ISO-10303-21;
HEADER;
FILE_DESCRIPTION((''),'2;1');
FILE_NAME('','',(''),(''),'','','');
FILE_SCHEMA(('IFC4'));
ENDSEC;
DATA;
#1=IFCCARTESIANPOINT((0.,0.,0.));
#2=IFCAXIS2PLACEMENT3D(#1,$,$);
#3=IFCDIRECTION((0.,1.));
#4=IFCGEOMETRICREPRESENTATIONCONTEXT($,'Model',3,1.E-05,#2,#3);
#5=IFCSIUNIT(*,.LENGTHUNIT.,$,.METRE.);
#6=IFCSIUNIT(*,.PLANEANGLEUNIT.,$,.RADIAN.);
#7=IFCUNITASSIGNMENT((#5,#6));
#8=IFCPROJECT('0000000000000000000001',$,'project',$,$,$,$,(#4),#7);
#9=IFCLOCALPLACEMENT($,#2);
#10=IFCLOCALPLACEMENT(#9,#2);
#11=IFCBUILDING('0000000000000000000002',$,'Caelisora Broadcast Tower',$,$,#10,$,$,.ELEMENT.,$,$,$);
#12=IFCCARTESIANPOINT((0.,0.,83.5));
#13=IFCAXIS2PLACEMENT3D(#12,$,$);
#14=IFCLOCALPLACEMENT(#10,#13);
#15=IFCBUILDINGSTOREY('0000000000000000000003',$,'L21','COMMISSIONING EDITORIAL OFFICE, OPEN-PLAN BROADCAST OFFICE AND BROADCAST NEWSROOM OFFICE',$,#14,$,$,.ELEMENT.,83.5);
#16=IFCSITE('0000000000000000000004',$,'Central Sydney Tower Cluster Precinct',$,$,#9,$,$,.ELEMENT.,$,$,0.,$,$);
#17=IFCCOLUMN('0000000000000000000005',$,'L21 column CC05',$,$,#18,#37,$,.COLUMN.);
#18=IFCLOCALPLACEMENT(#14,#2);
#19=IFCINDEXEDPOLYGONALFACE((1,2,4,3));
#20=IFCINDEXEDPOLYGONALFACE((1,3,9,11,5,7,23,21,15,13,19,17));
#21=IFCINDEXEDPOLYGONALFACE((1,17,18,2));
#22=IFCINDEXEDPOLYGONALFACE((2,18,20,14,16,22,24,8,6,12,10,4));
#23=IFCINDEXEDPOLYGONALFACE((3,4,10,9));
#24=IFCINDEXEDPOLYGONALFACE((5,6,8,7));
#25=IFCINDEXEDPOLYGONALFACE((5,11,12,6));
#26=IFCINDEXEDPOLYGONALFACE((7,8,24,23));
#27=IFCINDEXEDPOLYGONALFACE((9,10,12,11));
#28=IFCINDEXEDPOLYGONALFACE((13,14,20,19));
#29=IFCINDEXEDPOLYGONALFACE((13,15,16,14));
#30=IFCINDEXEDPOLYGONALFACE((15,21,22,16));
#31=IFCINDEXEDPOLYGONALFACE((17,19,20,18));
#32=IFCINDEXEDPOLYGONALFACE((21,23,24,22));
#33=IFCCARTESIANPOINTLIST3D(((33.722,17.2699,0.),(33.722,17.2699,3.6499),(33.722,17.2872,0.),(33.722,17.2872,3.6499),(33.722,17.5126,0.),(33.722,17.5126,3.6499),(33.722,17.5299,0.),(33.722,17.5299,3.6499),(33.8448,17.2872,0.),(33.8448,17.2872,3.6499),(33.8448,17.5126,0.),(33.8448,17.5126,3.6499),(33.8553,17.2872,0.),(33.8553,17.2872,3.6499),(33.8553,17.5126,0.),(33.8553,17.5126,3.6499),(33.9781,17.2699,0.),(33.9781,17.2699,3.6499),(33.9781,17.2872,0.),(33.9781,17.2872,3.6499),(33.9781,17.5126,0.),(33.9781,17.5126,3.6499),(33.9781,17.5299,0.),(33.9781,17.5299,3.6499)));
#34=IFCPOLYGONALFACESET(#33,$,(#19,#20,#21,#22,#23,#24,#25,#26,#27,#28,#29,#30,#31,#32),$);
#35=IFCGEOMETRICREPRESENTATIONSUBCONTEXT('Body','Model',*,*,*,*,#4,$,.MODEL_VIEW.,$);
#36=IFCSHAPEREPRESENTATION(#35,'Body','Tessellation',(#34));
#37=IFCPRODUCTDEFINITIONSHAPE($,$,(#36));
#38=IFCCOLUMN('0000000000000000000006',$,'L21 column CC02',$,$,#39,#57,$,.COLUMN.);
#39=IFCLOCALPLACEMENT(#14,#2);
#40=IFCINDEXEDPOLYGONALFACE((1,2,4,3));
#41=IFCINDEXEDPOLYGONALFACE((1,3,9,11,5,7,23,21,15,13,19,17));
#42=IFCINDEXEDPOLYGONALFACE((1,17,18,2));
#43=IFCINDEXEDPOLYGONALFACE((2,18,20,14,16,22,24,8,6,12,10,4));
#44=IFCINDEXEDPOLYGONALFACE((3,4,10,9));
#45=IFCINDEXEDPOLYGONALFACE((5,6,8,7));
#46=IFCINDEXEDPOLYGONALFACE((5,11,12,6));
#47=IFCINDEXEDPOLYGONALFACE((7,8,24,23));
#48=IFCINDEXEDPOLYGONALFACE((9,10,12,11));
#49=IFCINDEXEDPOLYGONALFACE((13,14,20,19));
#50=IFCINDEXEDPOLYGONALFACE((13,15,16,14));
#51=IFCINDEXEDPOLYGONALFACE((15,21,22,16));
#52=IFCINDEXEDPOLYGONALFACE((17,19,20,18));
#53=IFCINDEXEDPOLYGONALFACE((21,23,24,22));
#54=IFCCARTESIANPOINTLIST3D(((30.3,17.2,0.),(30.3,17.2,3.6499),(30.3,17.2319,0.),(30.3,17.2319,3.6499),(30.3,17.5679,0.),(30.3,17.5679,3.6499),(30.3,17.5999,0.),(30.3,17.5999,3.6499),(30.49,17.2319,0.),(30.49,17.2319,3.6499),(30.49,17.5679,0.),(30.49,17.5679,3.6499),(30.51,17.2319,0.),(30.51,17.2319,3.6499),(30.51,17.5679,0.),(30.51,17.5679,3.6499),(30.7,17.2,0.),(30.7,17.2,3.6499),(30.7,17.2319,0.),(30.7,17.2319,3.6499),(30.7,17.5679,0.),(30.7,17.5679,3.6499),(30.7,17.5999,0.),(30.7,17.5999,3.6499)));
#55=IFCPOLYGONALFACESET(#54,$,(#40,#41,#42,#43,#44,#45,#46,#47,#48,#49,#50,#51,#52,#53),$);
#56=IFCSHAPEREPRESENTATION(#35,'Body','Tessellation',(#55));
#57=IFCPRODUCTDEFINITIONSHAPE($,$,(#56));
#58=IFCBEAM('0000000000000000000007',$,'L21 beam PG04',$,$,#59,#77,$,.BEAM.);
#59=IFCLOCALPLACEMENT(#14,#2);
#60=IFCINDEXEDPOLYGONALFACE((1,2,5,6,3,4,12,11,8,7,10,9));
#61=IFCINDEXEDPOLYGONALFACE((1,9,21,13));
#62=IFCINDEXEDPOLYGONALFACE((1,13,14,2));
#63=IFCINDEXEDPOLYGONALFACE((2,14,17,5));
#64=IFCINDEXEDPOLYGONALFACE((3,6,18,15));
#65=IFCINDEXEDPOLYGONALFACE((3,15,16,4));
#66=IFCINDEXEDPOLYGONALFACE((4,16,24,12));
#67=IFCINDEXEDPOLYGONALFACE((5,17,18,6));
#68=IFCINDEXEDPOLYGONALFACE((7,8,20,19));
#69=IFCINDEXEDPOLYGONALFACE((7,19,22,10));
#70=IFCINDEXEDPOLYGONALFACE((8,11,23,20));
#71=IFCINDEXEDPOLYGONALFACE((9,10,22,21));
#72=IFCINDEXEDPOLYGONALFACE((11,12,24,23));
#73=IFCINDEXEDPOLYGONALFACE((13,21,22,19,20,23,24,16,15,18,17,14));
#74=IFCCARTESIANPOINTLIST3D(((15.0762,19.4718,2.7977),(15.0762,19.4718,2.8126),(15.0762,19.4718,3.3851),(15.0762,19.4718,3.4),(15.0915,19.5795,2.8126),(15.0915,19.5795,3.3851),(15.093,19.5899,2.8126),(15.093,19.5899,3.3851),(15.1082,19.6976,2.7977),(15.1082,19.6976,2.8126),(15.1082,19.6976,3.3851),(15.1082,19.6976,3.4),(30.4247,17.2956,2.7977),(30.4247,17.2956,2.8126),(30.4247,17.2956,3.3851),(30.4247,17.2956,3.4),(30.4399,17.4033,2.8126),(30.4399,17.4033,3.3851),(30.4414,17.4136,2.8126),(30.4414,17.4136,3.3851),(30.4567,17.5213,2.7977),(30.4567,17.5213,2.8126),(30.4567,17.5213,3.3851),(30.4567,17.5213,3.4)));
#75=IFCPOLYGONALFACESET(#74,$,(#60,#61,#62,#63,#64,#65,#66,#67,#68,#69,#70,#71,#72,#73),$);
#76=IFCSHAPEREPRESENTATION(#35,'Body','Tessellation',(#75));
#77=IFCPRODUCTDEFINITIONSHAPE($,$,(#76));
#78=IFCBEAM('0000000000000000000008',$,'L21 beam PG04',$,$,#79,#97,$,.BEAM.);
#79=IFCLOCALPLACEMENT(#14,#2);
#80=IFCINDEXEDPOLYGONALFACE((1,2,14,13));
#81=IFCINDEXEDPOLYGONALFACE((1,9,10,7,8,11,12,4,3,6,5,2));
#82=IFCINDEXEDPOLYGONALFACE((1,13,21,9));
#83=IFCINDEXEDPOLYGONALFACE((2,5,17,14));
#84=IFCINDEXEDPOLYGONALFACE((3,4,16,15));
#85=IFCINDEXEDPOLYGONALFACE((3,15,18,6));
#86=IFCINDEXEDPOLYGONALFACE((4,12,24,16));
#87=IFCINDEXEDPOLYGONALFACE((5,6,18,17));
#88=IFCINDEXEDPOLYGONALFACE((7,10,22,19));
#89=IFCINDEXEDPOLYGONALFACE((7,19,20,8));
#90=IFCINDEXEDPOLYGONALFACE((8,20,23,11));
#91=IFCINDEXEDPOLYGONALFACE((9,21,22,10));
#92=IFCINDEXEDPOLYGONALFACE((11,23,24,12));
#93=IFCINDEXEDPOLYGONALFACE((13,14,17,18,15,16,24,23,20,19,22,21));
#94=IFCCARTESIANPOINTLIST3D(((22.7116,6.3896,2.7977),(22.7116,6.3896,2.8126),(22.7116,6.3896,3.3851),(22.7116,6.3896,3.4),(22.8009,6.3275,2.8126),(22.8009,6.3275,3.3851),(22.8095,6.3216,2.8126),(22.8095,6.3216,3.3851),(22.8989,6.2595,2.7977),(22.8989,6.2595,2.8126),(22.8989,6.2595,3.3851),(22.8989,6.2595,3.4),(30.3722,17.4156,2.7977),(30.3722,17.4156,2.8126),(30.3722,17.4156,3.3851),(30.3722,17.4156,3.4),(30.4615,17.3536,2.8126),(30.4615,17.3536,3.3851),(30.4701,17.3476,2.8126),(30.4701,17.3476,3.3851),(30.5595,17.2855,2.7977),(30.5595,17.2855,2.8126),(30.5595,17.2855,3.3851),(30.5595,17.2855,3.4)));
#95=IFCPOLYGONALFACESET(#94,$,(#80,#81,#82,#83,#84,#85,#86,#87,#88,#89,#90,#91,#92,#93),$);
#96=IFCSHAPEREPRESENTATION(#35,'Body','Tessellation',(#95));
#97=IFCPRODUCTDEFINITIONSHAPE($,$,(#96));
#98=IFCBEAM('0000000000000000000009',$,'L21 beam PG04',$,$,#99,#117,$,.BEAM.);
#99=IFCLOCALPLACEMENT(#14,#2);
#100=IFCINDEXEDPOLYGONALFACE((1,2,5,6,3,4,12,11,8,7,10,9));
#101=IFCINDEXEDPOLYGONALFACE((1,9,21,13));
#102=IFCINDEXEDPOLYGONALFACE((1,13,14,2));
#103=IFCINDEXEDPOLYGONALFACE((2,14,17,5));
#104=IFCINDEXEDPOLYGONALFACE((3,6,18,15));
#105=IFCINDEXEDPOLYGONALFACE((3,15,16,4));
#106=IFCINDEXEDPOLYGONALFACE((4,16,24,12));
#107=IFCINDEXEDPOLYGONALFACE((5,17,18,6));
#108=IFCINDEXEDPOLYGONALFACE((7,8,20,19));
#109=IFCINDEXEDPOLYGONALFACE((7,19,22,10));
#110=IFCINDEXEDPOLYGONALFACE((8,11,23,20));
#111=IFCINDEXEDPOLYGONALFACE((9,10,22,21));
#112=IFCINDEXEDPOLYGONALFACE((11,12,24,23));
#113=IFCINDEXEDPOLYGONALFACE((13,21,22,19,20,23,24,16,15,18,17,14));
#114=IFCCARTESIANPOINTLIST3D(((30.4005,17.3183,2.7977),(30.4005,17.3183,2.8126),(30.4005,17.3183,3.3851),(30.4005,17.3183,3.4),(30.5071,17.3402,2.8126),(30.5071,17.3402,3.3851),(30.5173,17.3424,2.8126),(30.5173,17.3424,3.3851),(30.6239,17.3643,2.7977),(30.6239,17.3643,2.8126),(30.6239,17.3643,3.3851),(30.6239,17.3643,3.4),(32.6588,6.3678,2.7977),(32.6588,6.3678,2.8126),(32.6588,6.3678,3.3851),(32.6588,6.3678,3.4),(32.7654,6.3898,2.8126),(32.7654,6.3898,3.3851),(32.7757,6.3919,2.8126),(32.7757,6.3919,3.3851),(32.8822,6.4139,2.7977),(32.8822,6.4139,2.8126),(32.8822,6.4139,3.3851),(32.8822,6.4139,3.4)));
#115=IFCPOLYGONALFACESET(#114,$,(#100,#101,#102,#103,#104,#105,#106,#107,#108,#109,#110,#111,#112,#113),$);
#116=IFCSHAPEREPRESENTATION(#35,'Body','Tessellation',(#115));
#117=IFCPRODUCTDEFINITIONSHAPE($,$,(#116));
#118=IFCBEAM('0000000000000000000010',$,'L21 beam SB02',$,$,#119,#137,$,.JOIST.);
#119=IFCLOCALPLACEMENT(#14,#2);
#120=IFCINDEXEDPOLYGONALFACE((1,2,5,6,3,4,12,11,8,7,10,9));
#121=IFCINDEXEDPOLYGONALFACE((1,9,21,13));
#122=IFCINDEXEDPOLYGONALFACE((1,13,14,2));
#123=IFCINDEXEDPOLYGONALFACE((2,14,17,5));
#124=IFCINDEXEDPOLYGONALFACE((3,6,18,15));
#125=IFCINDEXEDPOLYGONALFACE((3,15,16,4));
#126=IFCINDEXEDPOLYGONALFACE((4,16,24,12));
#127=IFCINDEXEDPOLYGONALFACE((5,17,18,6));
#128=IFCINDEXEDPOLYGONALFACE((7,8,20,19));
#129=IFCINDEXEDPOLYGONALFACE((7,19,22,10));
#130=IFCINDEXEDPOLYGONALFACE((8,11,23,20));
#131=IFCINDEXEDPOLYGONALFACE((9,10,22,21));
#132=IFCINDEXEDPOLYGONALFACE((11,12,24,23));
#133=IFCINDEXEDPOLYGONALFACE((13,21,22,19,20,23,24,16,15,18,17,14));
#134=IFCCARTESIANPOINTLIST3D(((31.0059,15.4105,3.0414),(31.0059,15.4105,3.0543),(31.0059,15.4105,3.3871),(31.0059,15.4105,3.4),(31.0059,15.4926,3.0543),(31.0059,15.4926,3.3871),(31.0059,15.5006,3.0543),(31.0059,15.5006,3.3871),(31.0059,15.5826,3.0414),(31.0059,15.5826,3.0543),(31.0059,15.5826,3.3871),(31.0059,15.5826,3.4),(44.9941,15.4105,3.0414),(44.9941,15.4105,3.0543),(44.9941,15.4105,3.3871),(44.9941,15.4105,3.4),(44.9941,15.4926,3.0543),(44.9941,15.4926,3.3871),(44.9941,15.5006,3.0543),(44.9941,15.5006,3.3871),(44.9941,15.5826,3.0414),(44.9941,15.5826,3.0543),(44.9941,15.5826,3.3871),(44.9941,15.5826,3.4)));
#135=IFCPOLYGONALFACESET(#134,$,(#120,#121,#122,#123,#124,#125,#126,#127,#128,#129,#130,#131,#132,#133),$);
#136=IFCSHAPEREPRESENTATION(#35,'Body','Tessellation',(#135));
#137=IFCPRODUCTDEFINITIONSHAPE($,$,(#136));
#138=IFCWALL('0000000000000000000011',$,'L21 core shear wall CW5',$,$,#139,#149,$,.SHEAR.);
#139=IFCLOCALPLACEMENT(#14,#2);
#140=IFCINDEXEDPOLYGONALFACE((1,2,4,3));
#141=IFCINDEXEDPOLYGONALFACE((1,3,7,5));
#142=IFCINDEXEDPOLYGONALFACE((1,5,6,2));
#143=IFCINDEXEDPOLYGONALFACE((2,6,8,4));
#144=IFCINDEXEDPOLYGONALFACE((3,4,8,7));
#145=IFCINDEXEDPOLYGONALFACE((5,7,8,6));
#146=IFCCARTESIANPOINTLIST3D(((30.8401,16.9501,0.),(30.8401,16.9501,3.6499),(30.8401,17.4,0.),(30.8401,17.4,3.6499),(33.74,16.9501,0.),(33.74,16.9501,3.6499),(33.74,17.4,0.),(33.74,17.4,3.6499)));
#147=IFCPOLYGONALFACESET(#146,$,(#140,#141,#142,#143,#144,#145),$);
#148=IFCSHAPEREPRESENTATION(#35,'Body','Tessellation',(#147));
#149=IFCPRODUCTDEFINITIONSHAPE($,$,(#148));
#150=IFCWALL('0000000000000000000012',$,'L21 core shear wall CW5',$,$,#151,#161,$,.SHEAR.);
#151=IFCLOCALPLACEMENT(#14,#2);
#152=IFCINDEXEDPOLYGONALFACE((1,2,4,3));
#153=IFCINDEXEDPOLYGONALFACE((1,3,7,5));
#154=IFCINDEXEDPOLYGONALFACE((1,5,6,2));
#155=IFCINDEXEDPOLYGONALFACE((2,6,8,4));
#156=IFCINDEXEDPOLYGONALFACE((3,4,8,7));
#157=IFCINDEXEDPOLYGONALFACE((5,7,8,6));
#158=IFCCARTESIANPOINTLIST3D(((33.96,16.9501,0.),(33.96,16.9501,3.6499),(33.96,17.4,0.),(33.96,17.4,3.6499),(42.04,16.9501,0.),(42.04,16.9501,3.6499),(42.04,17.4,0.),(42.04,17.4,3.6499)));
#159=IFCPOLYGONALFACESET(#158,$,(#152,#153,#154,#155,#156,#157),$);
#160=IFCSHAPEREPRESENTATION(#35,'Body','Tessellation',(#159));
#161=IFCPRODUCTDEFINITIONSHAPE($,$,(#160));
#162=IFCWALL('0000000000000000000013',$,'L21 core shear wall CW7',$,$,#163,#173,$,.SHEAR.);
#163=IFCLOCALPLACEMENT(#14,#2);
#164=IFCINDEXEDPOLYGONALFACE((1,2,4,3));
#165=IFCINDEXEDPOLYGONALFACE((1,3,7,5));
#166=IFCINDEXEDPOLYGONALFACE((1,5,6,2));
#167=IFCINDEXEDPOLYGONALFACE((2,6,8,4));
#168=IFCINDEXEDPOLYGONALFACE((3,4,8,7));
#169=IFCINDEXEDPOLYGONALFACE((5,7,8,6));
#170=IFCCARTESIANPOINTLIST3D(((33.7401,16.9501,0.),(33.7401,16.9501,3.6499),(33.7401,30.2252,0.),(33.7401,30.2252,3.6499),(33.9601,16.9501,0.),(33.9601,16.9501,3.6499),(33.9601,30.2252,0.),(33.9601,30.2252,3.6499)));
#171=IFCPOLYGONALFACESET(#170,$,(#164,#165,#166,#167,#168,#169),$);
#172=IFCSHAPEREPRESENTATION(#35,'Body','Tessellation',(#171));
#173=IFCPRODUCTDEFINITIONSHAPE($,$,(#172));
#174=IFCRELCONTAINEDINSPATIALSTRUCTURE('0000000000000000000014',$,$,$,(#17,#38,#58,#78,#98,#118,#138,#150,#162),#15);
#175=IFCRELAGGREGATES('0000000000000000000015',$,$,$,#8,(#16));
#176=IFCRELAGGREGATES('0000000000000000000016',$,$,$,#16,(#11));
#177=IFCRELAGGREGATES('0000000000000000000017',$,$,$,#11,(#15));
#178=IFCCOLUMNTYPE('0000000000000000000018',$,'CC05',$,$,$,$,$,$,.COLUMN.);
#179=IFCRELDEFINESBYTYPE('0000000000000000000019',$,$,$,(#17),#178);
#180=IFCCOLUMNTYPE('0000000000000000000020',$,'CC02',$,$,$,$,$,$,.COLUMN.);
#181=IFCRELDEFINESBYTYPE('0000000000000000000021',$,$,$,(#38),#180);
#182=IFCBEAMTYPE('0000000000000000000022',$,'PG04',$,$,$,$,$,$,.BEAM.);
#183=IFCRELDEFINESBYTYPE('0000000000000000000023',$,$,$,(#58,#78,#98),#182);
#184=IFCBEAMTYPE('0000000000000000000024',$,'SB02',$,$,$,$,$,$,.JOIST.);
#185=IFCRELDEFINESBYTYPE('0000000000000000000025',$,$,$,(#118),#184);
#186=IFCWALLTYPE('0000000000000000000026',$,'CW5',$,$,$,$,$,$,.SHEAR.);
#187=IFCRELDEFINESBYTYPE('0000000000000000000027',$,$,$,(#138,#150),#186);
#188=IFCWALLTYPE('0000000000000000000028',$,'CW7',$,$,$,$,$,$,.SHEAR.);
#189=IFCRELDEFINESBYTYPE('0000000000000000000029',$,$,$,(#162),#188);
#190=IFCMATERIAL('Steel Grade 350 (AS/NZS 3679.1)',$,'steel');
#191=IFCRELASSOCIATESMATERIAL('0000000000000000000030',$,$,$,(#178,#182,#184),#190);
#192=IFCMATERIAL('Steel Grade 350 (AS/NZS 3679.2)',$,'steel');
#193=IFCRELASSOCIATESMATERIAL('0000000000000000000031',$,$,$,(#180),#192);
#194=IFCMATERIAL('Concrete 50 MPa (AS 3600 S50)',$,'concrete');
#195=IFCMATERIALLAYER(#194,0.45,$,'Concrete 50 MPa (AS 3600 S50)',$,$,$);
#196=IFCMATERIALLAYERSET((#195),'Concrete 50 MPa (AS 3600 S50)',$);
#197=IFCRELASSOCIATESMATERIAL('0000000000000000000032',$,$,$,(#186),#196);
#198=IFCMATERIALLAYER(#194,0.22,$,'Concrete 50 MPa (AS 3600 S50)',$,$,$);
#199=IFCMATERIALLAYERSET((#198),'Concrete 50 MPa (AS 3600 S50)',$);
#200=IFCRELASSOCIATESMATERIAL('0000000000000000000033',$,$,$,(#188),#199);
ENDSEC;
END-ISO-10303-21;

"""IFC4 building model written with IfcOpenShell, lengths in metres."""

from ifc_helpers import new_model, si_unit, direction, frame, frame_2d, origin, origin_2d, place, context, subcontext, project, spatial, rectangle, i_section, extrude, source, transform, mapped, material, layer, layer_set, material_profile, profile_set, type_object, type_shapes, element, save


model = new_model("IFC4")

# Units and contexts
model_context = context("Model", 3, precision=1e-05, world=origin(), true_north=direction((0.0, 1.0)))
body_context = subcontext(model_context, "Body", "Model", "MODEL_VIEW")
ifc_project = project(units=[si_unit("LENGTHUNIT", "METRE"), si_unit("PLANEANGLEUNIT", "RADIAN")], contexts=[model_context])

# Site, building, storey
site_placement = place(None, origin())
site = spatial("IfcSite", under=ifc_project, at=site_placement, Name="Central Sydney Tower Cluster Precinct", CompositionType="ELEMENT", RefElevation=0.0)
building_placement = place(site_placement, origin())
building = spatial("IfcBuilding", under=site, at=building_placement, Name="Caelisora Broadcast Tower", CompositionType="ELEMENT")
storey_placement = place(building_placement, frame((0.0, 0.0, 83.5)))
storey = spatial("IfcBuildingStorey", under=building, at=storey_placement, Name="L21", Description="COMMISSIONING EDITORIAL OFFICE, OPEN-PLAN BROADCAST OFFICE AND BROADCAST NEWSROOM OFFICE", CompositionType="ELEMENT", Elevation=83.5)

# Columns
ifc_material_1 = material(Name="Steel Grade 350 (AS/NZS 3679.1)", Category="steel")
ifc_material_profile_1 = material_profile(ifc_material_1, i_section(OverallWidth=0.2561, OverallDepth=0.26, WebThickness=0.0105, FlangeThickness=0.0173, at=origin_2d()), Name="Steel Grade 350 (AS/NZS 3679.1)")
ifc_profile_set_1 = profile_set([ifc_material_profile_1], Name="Steel Grade 350 (AS/NZS 3679.1)")
column_type_1 = type_object("IfcColumnType", Name="CC05", PredefinedType="COLUMN", material=ifc_profile_set_1)
shared_shape_1 = source(origin(), body_context, "Body", "SweptSolid", [
    extrude(i_section(OverallWidth=0.2561, OverallDepth=0.26, WebThickness=0.0105, FlangeThickness=0.0173, at=origin_2d()), origin(), (0.0, 0.0, 1.0), 3.6499),
])
type_shapes(column_type_1, [shared_shape_1])
column_1_placement = place(storey_placement, frame((33.8501, 17.3999, 0.0), z_axis=(0.0, 0.0, 1.0), x_axis=(1.0, 0.0, 0.0)))
element("IfcColumn", 1, at=column_1_placement, inside=storey, type_object=column_type_1, Name="L21 column CC05", PredefinedType="COLUMN", context=body_context, shape_type="MappedRepresentation", body=[
    mapped(shared_shape_1, transform((0.0, 0.0, 0.0), scale=1.0)),
])
ifc_material_2 = material(Name="Steel Grade 350 (AS/NZS 3679.2)", Category="steel")
ifc_material_profile_2 = material_profile(ifc_material_2, i_section(OverallWidth=0.3999, OverallDepth=0.3999, WebThickness=0.02, FlangeThickness=0.032, at=origin_2d()), Name="Steel Grade 350 (AS/NZS 3679.2)")
ifc_profile_set_2 = profile_set([ifc_material_profile_2], Name="Steel Grade 350 (AS/NZS 3679.2)")
column_type_2 = type_object("IfcColumnType", Name="CC02", PredefinedType="COLUMN", material=ifc_profile_set_2)
shared_shape_2 = source(origin(), body_context, "Body", "SweptSolid", [
    extrude(i_section(OverallWidth=0.3999, OverallDepth=0.3999, WebThickness=0.02, FlangeThickness=0.032, at=origin_2d()), origin(), (0.0, 0.0, 1.0), 3.6499),
])
type_shapes(column_type_2, [shared_shape_2])
column_2_placement = place(storey_placement, frame((30.5, 17.3999, 0.0), z_axis=(0.0, 0.0, 1.0), x_axis=(1.0, 0.0, 0.0)))
element("IfcColumn", 2, at=column_2_placement, inside=storey, type_object=column_type_2, Name="L21 column CC02", PredefinedType="COLUMN", context=body_context, shape_type="MappedRepresentation", body=[
    mapped(shared_shape_2, transform((0.0, 0.0, 0.0), scale=1.0)),
])

# Beams
ifc_material_profile_3 = material_profile(ifc_material_1, i_section(OverallWidth=0.228, OverallDepth=0.6023, WebThickness=0.0105, FlangeThickness=0.0149, at=origin_2d()), Name="Steel Grade 350 (AS/NZS 3679.1)")
ifc_profile_set_3 = profile_set([ifc_material_profile_3], Name="Steel Grade 350 (AS/NZS 3679.1)")
beam_type_1 = type_object("IfcBeamType", Name="PG04", PredefinedType="BEAM", material=ifc_profile_set_3)
shared_shape_3 = source(origin(), body_context, "Body", "SweptSolid", [
    extrude(i_section(OverallWidth=0.228, OverallDepth=0.6023, WebThickness=0.0105, FlangeThickness=0.0149, at=origin_2d()), origin(), (0.0, 0.0, 1.0), 15.502),
])
beam_1_placement = place(storey_placement, frame((30.4407, 17.4084, 3.0989), z_axis=(-0.990097, 0.140387, 0.0), x_axis=(-0.140387, -0.990097, 0.0)))
element("IfcBeam", 3, at=beam_1_placement, inside=storey, type_object=beam_type_1, Name="L21 beam PG04", PredefinedType="BEAM", context=body_context, shape_type="MappedRepresentation", body=[
    mapped(shared_shape_3, transform((0.0, 0.0, 0.0), scale=1.0)),
])
shared_shape_4 = source(origin(), body_context, "Body", "SweptSolid", [
    extrude(i_section(OverallWidth=0.228, OverallDepth=0.6023, WebThickness=0.0105, FlangeThickness=0.0149, at=origin_2d()), origin(), (0.0, 0.0, 1.0), 13.426),
])
beam_2_placement = place(storey_placement, frame((30.4658, 17.3506, 3.0989), z_axis=(-0.570577, -0.821244, 0.0), x_axis=(0.821244, -0.570577, 0.0)))
element("IfcBeam", 4, at=beam_2_placement, inside=storey, type_object=beam_type_1, Name="L21 beam PG04", PredefinedType="BEAM", context=body_context, shape_type="MappedRepresentation", body=[
    mapped(shared_shape_4, transform((0.0, 0.0, 0.0), scale=1.0)),
])
shared_shape_5 = source(origin(), body_context, "Body", "SweptSolid", [
    extrude(i_section(OverallWidth=0.228, OverallDepth=0.6023, WebThickness=0.0105, FlangeThickness=0.0149, at=origin_2d()), origin(), (0.0, 0.0, 1.0), 11.1809),
])
type_shapes(beam_type_1, [shared_shape_3, shared_shape_4, shared_shape_5])
beam_3_placement = place(storey_placement, frame((30.5122, 17.3413, 3.0989), z_axis=(0.201979, -0.97939, 0.0), x_axis=(0.97939, 0.201979, 0.0)))
element("IfcBeam", 5, at=beam_3_placement, inside=storey, type_object=beam_type_1, Name="L21 beam PG04", PredefinedType="BEAM", context=body_context, shape_type="MappedRepresentation", body=[
    mapped(shared_shape_5, transform((0.0, 0.0, 0.0), scale=1.0)),
])
ifc_material_profile_4 = material_profile(ifc_material_1, i_section(OverallWidth=0.1721, OverallDepth=0.3586, WebThickness=0.0081, FlangeThickness=0.0129, at=origin_2d()), Name="Steel Grade 350 (AS/NZS 3679.1)")
ifc_profile_set_4 = profile_set([ifc_material_profile_4], Name="Steel Grade 350 (AS/NZS 3679.1)")
beam_type_2 = type_object("IfcBeamType", Name="SB02", PredefinedType="JOIST", material=ifc_profile_set_4)
shared_shape_6 = source(origin(), body_context, "Body", "SweptSolid", [
    extrude(i_section(OverallWidth=0.1721, OverallDepth=0.3586, WebThickness=0.0081, FlangeThickness=0.0129, at=origin_2d()), origin(), (0.0, 0.0, 1.0), 13.9883),
])
type_shapes(beam_type_2, [shared_shape_6])
beam_4_placement = place(storey_placement, frame((31.0059, 15.4966, 3.2207), z_axis=(1.0, 0.0, 0.0), x_axis=(0.0, 1.0, 0.0)))
element("IfcBeam", 6, at=beam_4_placement, inside=storey, type_object=beam_type_2, Name="L21 beam SB02", PredefinedType="JOIST", context=body_context, shape_type="MappedRepresentation", body=[
    mapped(shared_shape_6, transform((0.0, 0.0, 0.0), scale=1.0)),
])

# Shared definitions
ifc_material_3 = material(Name="Concrete 50 MPa (AS 3600 S50)", Category="concrete")

# Walls
ifc_layer_1 = layer(ifc_material_3, 0.45, Name="Concrete 50 MPa (AS 3600 S50)")
ifc_layer_set_1 = layer_set([ifc_layer_1], Name="Concrete 50 MPa (AS 3600 S50)")
wall_type_1 = type_object("IfcWallType", Name="CW5", PredefinedType="SHEAR", material=ifc_layer_set_1)
wall_1_placement = place(storey_placement, frame((30.8401, 17.175, 0.0), z_axis=(0.0, 0.0, 1.0), x_axis=(1.0, 0.0, 0.0)))
element("IfcWall", 7, at=wall_1_placement, inside=storey, type_object=wall_type_1, Name="L21 core shear wall CW5", PredefinedType="SHEAR", context=body_context, shape_type="SweptSolid", body=[
    extrude(rectangle(XDim=2.8999, YDim=0.45, at=frame_2d((1.45, 0.0))), origin(), (0.0, 0.0, 1.0), 3.6499),
])
wall_2_placement = place(storey_placement, frame((33.96, 17.175, 0.0), z_axis=(0.0, 0.0, 1.0), x_axis=(1.0, 0.0, 0.0)))
element("IfcWall", 8, at=wall_2_placement, inside=storey, type_object=wall_type_1, Name="L21 core shear wall CW5", PredefinedType="SHEAR", context=body_context, shape_type="SweptSolid", body=[
    extrude(rectangle(XDim=8.0801, YDim=0.45, at=frame_2d((4.04, 0.0))), origin(), (0.0, 0.0, 1.0), 3.6499),
])
ifc_layer_2 = layer(ifc_material_3, 0.22, Name="Concrete 50 MPa (AS 3600 S50)")
ifc_layer_set_2 = layer_set([ifc_layer_2], Name="Concrete 50 MPa (AS 3600 S50)")
wall_type_2 = type_object("IfcWallType", Name="CW7", PredefinedType="SHEAR", material=ifc_layer_set_2)
wall_3_placement = place(storey_placement, frame((33.8501, 16.95, 0.0), z_axis=(0.0, 0.0, 1.0), x_axis=(0.0, 1.0, 0.0)))
element("IfcWall", 9, at=wall_3_placement, inside=storey, type_object=wall_type_2, Name="L21 core shear wall CW7", PredefinedType="SHEAR", context=body_context, shape_type="SweptSolid", body=[
    extrude(rectangle(XDim=13.2751, YDim=0.22, at=frame_2d((6.6377, 0.0))), origin(), (0.0, 0.0, 1.0), 3.6499),
])

save(model, "model.ifc")
